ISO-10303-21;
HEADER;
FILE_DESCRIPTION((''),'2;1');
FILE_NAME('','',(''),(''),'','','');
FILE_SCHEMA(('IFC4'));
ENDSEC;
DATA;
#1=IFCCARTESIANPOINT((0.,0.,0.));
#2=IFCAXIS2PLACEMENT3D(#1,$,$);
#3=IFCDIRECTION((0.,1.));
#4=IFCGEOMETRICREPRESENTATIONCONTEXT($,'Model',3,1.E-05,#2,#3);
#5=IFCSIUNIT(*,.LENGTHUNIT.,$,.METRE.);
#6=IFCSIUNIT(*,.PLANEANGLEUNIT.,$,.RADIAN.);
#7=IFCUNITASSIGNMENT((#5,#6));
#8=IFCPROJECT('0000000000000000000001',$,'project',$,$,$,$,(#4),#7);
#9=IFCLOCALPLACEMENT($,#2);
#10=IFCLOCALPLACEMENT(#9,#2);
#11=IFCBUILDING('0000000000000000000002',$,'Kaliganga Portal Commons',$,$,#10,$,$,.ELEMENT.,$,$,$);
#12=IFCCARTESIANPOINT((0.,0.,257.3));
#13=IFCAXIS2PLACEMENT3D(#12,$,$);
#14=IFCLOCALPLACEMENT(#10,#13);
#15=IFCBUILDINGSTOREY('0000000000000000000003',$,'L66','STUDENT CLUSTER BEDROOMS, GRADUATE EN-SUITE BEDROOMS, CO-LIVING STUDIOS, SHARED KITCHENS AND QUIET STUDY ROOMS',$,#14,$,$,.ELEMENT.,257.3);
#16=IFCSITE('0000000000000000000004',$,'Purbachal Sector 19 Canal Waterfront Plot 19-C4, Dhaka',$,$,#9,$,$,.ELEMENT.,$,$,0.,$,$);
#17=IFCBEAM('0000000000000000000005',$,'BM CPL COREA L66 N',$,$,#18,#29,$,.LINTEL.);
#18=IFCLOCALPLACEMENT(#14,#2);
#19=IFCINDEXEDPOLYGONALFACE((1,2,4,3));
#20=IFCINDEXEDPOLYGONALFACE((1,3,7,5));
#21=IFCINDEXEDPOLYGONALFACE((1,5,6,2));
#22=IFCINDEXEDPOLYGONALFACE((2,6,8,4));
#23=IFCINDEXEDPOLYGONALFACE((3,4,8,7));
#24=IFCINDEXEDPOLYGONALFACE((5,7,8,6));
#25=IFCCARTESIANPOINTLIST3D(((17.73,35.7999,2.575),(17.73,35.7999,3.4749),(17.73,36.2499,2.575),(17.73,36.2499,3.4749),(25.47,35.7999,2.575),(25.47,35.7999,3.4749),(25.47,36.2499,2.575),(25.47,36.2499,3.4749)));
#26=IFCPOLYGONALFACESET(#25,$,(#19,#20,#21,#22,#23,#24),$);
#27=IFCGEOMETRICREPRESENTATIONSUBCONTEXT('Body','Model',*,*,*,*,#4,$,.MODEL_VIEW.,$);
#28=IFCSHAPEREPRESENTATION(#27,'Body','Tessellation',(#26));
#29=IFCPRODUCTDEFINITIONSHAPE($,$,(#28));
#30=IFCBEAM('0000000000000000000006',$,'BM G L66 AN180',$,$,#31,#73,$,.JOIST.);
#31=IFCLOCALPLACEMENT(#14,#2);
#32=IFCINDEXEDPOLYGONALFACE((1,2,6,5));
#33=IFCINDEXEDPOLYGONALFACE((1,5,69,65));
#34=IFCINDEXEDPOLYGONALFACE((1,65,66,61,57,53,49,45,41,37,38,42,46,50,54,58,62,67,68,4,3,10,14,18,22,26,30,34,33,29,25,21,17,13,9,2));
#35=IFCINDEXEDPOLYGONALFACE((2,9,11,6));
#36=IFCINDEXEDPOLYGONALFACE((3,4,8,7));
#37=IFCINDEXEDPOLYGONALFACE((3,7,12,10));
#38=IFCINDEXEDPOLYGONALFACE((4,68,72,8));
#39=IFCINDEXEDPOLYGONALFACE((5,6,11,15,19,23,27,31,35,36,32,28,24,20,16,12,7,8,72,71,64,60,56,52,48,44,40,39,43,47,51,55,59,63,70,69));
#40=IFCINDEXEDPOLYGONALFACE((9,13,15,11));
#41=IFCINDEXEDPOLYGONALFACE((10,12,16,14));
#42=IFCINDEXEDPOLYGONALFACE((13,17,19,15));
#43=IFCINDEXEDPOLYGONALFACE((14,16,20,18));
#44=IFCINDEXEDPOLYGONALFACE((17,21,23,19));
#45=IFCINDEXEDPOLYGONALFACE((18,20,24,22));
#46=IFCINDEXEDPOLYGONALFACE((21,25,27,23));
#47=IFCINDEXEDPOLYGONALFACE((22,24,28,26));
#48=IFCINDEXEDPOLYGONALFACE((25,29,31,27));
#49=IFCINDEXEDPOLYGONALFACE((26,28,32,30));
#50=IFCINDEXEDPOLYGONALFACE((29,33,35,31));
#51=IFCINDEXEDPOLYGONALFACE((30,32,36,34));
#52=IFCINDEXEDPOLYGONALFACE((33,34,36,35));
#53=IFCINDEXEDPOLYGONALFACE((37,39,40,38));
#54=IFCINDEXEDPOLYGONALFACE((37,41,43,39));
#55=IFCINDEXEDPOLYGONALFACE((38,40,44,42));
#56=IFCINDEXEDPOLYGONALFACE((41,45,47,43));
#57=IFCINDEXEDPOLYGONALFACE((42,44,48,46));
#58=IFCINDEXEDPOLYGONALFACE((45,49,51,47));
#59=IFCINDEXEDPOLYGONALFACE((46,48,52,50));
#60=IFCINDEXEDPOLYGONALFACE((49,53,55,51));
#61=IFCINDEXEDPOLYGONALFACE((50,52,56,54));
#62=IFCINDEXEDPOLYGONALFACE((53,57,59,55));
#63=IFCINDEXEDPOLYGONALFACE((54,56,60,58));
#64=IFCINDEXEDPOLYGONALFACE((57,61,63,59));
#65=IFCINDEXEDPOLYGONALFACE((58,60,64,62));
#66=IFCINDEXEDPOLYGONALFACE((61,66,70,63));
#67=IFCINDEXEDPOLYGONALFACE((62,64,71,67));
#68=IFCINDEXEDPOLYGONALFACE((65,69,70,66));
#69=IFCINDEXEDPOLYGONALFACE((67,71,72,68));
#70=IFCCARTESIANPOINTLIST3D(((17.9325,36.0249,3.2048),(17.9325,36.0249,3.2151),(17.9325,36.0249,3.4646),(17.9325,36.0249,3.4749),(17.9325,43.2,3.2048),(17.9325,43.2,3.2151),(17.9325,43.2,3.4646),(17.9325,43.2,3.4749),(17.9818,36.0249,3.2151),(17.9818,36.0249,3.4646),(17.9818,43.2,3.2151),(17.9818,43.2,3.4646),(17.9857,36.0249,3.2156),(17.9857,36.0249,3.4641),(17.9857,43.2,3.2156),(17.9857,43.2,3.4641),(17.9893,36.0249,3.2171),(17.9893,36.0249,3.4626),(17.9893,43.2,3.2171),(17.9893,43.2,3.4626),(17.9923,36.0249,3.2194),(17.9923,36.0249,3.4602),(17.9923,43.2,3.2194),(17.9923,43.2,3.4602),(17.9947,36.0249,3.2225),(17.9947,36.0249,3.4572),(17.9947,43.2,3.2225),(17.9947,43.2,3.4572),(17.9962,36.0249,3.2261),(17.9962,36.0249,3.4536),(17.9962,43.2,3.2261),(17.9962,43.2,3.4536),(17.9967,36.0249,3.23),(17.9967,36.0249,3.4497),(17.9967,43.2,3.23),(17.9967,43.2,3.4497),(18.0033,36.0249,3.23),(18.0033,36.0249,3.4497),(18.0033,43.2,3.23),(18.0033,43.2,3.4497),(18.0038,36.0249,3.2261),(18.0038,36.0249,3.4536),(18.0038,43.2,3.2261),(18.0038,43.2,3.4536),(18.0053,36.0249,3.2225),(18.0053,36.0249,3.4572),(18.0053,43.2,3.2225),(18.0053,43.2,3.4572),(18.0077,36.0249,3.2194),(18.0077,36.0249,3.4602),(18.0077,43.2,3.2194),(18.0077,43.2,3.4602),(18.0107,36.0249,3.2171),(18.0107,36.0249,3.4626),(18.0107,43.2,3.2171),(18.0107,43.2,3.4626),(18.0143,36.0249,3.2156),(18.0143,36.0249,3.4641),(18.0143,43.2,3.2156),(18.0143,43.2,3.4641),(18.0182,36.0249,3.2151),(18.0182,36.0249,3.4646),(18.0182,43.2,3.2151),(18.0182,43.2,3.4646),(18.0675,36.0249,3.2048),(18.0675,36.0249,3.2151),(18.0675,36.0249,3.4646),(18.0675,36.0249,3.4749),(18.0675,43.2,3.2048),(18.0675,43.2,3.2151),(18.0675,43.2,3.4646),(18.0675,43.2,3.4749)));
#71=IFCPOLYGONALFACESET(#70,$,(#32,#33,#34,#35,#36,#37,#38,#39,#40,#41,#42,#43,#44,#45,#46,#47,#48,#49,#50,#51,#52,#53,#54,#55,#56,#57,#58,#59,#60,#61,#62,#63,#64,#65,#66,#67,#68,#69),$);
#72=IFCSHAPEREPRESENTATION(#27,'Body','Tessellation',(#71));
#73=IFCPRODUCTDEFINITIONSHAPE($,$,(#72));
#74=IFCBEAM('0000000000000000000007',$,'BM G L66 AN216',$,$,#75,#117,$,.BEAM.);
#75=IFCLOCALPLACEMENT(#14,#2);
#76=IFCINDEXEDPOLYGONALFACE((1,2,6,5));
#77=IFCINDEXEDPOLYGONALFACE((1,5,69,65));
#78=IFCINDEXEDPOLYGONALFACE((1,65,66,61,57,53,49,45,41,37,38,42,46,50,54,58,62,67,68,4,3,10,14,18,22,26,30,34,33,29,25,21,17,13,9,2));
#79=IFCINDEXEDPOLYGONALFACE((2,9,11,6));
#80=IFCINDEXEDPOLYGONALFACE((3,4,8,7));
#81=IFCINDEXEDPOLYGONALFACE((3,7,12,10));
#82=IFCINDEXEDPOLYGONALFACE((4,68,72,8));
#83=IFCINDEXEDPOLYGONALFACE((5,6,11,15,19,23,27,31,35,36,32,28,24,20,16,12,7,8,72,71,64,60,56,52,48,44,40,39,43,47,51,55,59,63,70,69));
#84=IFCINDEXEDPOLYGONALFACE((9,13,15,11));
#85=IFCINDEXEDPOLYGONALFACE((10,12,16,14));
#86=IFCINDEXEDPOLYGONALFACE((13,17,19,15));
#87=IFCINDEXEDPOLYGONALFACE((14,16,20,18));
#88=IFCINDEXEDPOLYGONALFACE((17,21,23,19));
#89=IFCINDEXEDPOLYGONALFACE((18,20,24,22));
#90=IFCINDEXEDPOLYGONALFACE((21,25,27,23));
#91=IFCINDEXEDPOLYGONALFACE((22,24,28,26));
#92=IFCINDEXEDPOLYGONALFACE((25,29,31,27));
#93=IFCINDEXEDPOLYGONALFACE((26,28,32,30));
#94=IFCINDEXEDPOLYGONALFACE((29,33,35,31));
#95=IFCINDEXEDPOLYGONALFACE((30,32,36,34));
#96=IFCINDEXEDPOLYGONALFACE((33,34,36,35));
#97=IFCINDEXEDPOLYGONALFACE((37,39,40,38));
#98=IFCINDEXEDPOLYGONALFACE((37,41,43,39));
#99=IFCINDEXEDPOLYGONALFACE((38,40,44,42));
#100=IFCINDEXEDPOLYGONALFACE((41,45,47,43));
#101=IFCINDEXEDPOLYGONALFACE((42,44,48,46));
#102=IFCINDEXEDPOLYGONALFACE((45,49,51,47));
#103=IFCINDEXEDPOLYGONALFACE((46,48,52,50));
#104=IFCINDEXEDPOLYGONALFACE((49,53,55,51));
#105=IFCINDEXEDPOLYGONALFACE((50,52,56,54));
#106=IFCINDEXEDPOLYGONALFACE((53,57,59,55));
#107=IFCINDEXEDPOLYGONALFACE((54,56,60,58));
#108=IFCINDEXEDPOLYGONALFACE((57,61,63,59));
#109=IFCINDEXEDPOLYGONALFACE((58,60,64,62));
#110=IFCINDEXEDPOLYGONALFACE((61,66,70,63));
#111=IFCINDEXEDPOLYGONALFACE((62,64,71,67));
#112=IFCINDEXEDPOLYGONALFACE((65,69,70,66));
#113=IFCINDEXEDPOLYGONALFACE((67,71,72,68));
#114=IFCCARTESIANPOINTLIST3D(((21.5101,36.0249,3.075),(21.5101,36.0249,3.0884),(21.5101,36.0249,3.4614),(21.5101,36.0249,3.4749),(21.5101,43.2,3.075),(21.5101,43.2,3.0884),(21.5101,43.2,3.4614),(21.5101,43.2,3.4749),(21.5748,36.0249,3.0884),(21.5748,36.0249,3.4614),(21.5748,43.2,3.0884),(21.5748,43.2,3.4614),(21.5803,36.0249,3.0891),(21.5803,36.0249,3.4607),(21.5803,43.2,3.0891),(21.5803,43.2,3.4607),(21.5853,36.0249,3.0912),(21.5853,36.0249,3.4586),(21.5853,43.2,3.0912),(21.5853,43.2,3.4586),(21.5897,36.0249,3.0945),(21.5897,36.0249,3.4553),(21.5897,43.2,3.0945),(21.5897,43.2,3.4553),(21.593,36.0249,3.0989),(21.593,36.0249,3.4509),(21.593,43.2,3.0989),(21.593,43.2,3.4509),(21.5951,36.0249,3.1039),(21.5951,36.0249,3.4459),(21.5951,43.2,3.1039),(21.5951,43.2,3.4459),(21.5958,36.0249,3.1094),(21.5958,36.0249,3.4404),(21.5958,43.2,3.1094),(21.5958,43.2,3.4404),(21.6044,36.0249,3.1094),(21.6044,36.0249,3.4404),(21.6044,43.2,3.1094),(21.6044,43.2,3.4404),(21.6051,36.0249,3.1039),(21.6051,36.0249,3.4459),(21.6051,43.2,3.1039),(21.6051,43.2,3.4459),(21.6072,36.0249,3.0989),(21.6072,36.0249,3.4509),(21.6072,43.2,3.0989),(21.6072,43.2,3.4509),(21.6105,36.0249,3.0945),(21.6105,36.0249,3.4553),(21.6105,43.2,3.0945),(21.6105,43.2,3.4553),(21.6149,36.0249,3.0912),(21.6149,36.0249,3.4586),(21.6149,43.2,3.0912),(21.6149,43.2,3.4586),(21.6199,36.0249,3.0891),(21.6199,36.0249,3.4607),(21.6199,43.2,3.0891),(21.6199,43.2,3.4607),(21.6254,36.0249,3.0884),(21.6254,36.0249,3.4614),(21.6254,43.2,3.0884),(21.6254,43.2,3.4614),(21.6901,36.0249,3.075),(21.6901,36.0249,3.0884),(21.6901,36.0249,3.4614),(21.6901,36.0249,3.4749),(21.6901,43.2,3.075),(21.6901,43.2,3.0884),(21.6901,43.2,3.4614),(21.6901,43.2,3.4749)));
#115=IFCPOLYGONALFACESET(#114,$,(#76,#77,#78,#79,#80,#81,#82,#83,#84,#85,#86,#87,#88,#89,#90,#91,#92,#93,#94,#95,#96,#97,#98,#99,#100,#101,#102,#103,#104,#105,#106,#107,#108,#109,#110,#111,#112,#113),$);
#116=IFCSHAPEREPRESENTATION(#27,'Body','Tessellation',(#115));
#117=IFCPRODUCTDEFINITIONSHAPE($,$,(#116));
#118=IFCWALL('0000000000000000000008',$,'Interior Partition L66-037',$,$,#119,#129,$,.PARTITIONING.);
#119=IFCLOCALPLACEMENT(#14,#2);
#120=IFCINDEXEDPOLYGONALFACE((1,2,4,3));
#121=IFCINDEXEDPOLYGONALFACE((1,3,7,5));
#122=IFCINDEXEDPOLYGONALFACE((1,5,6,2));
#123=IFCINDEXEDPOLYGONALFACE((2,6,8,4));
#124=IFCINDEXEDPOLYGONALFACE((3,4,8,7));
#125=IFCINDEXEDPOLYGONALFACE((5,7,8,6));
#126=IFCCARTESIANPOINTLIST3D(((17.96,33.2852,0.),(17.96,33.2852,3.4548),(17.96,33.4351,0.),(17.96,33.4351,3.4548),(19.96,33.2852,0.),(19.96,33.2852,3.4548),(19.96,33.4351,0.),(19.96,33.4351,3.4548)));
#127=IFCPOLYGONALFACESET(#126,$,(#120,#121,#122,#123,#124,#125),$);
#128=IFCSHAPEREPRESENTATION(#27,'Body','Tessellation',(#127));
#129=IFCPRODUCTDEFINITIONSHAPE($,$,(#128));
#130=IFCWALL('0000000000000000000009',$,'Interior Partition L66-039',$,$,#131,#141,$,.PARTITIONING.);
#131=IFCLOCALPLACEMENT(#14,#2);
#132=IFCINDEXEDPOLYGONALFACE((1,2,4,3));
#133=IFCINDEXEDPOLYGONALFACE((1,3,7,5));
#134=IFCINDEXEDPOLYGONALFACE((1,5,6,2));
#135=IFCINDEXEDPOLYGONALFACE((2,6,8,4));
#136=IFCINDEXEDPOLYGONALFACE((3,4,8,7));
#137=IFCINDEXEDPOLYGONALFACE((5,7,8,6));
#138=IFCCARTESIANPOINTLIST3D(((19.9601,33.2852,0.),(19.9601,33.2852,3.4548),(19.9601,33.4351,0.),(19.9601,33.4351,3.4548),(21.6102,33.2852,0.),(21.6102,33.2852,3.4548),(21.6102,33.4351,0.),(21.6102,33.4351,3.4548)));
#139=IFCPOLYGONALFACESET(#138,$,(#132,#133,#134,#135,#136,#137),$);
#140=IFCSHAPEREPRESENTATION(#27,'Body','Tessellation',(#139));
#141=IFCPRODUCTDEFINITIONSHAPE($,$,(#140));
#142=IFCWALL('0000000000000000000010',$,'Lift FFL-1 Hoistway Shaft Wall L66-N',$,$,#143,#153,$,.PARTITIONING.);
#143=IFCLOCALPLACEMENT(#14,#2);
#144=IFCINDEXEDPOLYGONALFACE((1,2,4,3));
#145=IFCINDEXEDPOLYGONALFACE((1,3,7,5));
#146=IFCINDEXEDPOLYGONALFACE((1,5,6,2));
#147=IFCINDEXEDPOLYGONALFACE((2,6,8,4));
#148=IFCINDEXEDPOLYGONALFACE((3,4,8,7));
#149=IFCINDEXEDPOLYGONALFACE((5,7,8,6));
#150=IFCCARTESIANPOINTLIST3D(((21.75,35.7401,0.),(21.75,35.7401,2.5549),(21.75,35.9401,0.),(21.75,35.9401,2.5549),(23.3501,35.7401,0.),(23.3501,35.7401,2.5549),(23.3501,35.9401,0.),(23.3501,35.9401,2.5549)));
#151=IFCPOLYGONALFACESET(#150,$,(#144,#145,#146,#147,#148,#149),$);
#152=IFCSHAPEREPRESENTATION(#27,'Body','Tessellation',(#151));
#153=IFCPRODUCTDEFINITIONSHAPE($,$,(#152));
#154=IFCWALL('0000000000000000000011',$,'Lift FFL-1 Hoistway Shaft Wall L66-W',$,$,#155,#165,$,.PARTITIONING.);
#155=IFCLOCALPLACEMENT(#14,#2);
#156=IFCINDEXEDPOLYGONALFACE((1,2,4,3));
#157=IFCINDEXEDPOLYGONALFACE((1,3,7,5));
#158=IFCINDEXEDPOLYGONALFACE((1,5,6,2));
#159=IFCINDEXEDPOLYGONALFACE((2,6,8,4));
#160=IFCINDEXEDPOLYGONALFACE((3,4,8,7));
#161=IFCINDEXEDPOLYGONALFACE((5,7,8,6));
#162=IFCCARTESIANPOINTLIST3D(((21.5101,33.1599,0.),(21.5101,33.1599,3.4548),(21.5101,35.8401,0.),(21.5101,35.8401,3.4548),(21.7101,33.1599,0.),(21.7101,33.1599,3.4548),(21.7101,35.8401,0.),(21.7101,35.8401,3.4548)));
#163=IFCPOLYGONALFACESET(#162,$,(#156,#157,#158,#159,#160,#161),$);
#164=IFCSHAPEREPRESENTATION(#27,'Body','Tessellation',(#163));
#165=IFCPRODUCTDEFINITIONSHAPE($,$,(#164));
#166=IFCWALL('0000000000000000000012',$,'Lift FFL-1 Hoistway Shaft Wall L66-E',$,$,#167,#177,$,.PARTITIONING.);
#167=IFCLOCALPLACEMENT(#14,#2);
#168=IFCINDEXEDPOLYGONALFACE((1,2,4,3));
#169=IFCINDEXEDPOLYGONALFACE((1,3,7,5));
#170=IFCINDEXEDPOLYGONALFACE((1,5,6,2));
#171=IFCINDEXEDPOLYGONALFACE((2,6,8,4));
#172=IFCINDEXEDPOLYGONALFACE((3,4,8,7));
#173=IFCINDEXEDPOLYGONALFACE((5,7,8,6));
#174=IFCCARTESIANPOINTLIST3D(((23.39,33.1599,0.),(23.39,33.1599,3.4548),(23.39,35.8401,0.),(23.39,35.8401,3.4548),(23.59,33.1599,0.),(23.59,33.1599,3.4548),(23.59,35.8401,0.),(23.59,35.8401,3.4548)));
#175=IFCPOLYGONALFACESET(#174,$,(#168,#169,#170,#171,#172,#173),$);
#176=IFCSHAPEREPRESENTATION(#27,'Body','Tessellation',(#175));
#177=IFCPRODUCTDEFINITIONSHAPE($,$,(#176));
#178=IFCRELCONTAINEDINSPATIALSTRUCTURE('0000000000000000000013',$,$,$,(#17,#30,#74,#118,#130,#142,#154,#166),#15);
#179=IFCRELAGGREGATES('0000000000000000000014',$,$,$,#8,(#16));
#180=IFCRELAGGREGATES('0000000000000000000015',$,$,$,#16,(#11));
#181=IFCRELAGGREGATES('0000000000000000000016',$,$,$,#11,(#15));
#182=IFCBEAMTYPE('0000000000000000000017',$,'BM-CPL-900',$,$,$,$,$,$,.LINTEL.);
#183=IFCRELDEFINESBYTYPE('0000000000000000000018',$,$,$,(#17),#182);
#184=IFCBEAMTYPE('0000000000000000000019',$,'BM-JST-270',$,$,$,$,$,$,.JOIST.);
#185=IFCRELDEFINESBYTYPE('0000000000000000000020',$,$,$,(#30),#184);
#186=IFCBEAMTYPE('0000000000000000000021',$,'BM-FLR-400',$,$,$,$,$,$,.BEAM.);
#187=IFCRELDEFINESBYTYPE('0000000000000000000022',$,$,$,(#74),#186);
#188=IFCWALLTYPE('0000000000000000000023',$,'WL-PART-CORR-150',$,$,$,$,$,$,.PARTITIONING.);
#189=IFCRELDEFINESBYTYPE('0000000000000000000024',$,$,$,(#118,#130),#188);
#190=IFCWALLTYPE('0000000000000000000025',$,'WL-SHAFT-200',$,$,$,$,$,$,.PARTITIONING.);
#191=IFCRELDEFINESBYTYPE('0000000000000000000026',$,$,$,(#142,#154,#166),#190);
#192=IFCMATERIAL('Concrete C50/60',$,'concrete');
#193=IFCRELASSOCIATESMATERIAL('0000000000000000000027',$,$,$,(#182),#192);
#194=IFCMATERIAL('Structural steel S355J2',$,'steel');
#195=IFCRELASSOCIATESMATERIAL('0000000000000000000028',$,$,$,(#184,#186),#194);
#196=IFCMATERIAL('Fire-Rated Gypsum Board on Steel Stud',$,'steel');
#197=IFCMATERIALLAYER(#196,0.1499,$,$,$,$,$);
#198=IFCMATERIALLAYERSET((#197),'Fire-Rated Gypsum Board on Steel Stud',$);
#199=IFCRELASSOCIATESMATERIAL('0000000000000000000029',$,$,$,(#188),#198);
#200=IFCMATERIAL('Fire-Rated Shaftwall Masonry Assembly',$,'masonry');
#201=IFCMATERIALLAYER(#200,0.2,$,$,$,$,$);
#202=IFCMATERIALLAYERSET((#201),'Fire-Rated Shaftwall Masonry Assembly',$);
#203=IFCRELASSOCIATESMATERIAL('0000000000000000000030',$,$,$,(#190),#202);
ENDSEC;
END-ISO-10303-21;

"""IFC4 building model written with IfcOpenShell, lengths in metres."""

from ifc_helpers import new_model, si_unit, direction, frame, frame_2d, origin, origin_2d, place, context, subcontext, project, spatial, rectangle, i_section, extrude, source, transform, mapped, material, layer, layer_set, material_profile, profile_set, type_object, element, save


model = new_model("IFC4")

# Units and contexts
model_context = context("Model", 3, precision=1e-05, world=origin(), true_north=direction((0.0, 1.0)))
body_context = subcontext(model_context, "Body", "Model", "MODEL_VIEW")
ifc_project = project(units=[si_unit("LENGTHUNIT", "METRE"), si_unit("PLANEANGLEUNIT", "RADIAN")], contexts=[model_context])

# Site, building, storey
site_placement = place(None, origin())
site = spatial("IfcSite", under=ifc_project, at=site_placement, Name="Purbachal Sector 19 Canal Waterfront Plot 19-C4, Dhaka", CompositionType="ELEMENT", RefElevation=0.0)
building_placement = place(site_placement, origin())
building = spatial("IfcBuilding", under=site, at=building_placement, Name="Kaliganga Portal Commons", CompositionType="ELEMENT")
storey_placement = place(building_placement, frame((0.0, 0.0, 257.3)))
storey = spatial("IfcBuildingStorey", under=building, at=storey_placement, Name="L66", Description="STUDENT CLUSTER BEDROOMS, GRADUATE EN-SUITE BEDROOMS, CO-LIVING STUDIOS, SHARED KITCHENS AND QUIET STUDY ROOMS", CompositionType="ELEMENT", Elevation=257.3)

# Beams
ifc_material_1 = material(Name="Concrete C50/60", Category="concrete")
ifc_material_profile_1 = material_profile(ifc_material_1, rectangle(XDim=0.45, YDim=0.8999, at=origin_2d()), Name="RC 450x900")
ifc_profile_set_1 = profile_set([ifc_material_profile_1], Name="Concrete C50/60")
beam_type_1 = type_object("IfcBeamType", Name="BM-CPL-900", PredefinedType="LINTEL", material=ifc_profile_set_1)
shared_shape_1 = source(origin(), body_context, "Body", "SweptSolid", [
    extrude(rectangle(XDim=0.45, YDim=0.8999, at=origin_2d()), origin(), (0.0, 0.0, 1.0), 7.74),
])
beam_1_placement = place(storey_placement, frame((17.73, 36.0249, 3.0249), z_axis=(1.0, 0.0, 0.0), x_axis=(0.0, 1.0, 0.0)))
element("IfcBeam", 1, at=beam_1_placement, inside=storey, type_object=beam_type_1, Name="BM CPL COREA L66 N", PredefinedType="LINTEL", context=body_context, shape_type="MappedRepresentation", body=[
    mapped(shared_shape_1, transform((0.0, 0.0, 0.0), x_axis=(1.0, 0.0, 0.0), y_axis=(0.0, 1.0, 0.0), z_axis=(0.0, 0.0, 1.0), scale=1.0)),
])
ifc_material_2 = material(Name="Structural steel S355J2", Category="steel")
ifc_material_profile_2 = material_profile(ifc_material_2, i_section(OverallWidth=0.135, OverallDepth=0.27, WebThickness=0.0066, FlangeThickness=0.0103, FilletRadius=0.0149, at=origin_2d()), Name="IPE 270")
ifc_profile_set_2 = profile_set([ifc_material_profile_2], Name="Structural steel S355J2 wide-flange")
beam_type_2 = type_object("IfcBeamType", Name="BM-JST-270", PredefinedType="JOIST", material=ifc_profile_set_2)
shared_shape_2 = source(origin(), body_context, "Body", "SweptSolid", [
    extrude(i_section(OverallWidth=0.135, OverallDepth=0.27, WebThickness=0.0066, FlangeThickness=0.0103, FilletRadius=0.0149, at=origin_2d()), origin(), (0.0, 0.0, 1.0), 7.175),
])
beam_2_placement = place(storey_placement, frame((18.0, 36.0249, 3.3398), z_axis=(0.0, 1.0, 0.0), x_axis=(-1.0, 0.0, 0.0)))
element("IfcBeam", 2, at=beam_2_placement, inside=storey, type_object=beam_type_2, Name="BM G L66 AN180", PredefinedType="JOIST", context=body_context, shape_type="MappedRepresentation", body=[
    mapped(shared_shape_2, transform((0.0, 0.0, 0.0), x_axis=(1.0, 0.0, 0.0), y_axis=(0.0, 1.0, 0.0), z_axis=(0.0, 0.0, 1.0), scale=1.0)),
])
ifc_material_profile_3 = material_profile(ifc_material_2, i_section(OverallWidth=0.1799, OverallDepth=0.3999, WebThickness=0.0085, FlangeThickness=0.0134, FilletRadius=0.021, at=origin_2d()), Name="IPE 400")
ifc_profile_set_3 = profile_set([ifc_material_profile_3], Name="Structural steel S355J2 wide-flange")
beam_type_3 = type_object("IfcBeamType", Name="BM-FLR-400", PredefinedType="BEAM", material=ifc_profile_set_3)
shared_shape_3 = source(origin(), body_context, "Body", "SweptSolid", [
    extrude(i_section(OverallWidth=0.1799, OverallDepth=0.3999, WebThickness=0.0085, FlangeThickness=0.0134, FilletRadius=0.021, at=origin_2d()), origin(), (0.0, 0.0, 1.0), 7.175),
])
beam_3_placement = place(storey_placement, frame((21.6001, 36.0249, 3.2749), z_axis=(0.0, 1.0, 0.0), x_axis=(-1.0, 0.0, 0.0)))
element("IfcBeam", 3, at=beam_3_placement, inside=storey, type_object=beam_type_3, Name="BM G L66 AN216", PredefinedType="BEAM", context=body_context, shape_type="MappedRepresentation", body=[
    mapped(shared_shape_3, transform((0.0, 0.0, 0.0), x_axis=(1.0, 0.0, 0.0), y_axis=(0.0, 1.0, 0.0), z_axis=(0.0, 0.0, 1.0), scale=1.0)),
])

# Walls
ifc_material_3 = material(Name="Fire-Rated Gypsum Board on Steel Stud", Category="steel")
ifc_layer_1 = layer(ifc_material_3, 0.1499)
ifc_layer_set_1 = layer_set([ifc_layer_1], Name="Fire-Rated Gypsum Board on Steel Stud")
wall_type_1 = type_object("IfcWallType", Name="WL-PART-CORR-150", PredefinedType="PARTITIONING", material=ifc_layer_set_1)
wall_1_placement = place(storey_placement, frame((17.96, 33.3601, 0.0), z_axis=(0.0, 0.0, 1.0), x_axis=(1.0, 0.0, 0.0)))
element("IfcWall", 4, at=wall_1_placement, inside=storey, type_object=wall_type_1, Name="Interior Partition L66-037", PredefinedType="PARTITIONING", context=body_context, shape_type="SweptSolid", body=[
    extrude(rectangle(XDim=2.0, YDim=0.1499, at=frame_2d((1.0, 0.0))), origin(), (0.0, 0.0, 1.0), 3.4548),
])
wall_2_placement = place(storey_placement, frame((19.96, 33.3601, 0.0), z_axis=(0.0, 0.0, 1.0), x_axis=(1.0, 0.0, 0.0)))
element("IfcWall", 5, at=wall_2_placement, inside=storey, type_object=wall_type_1, Name="Interior Partition L66-039", PredefinedType="PARTITIONING", context=body_context, shape_type="SweptSolid", body=[
    extrude(rectangle(XDim=1.6501, YDim=0.1499, at=frame_2d((0.8252, 0.0))), origin(), (0.0, 0.0, 1.0), 3.4548),
])

# Shared definitions
ifc_material_4 = material(Name="Fire-Rated Shaftwall Masonry Assembly", Category="masonry")
ifc_layer_2 = layer(ifc_material_4, 0.2)
ifc_layer_set_2 = layer_set([ifc_layer_2], Name="Fire-Rated Shaftwall Masonry Assembly")
wall_type_2 = type_object("IfcWallType", Name="WL-SHAFT-200", PredefinedType="PARTITIONING", material=ifc_layer_set_2)

# Walls
wall_3_placement = place(storey_placement, frame((21.75, 35.8401, 0.0), z_axis=(0.0, 0.0, 1.0), x_axis=(1.0, 0.0, 0.0)))
element("IfcWall", 6, at=wall_3_placement, inside=storey, type_object=wall_type_2, Name="Lift FFL-1 Hoistway Shaft Wall L66-N", PredefinedType="PARTITIONING", context=body_context, shape_type="SweptSolid", body=[
    extrude(rectangle(XDim=1.6001, YDim=0.2, at=frame_2d((0.8, 0.0))), origin(), (0.0, 0.0, 1.0), 2.5549),
])
for number, where, z_axis, x_axis, name in (
    (7, (21.6101, 33.1599, 0.0), (0.0, 0.0, 1.0), (0.0, 1.0, 0.0), "Lift FFL-1 Hoistway Shaft Wall L66-W"),
    (8, (23.49, 33.1599, 0.0), (0.0, 0.0, 1.0), (0.0, 1.0, 0.0), "Lift FFL-1 Hoistway Shaft Wall L66-E"),
):
    element("IfcWall", number, at=place(storey_placement, frame(where, z_axis=z_axis, x_axis=x_axis)), inside=storey, type_object=wall_type_2, Name=name, PredefinedType="PARTITIONING", context=body_context, shape_type="SweptSolid", body=[
        extrude(rectangle(XDim=2.6802, YDim=0.2, at=frame_2d((1.3401, 0.0))), origin(), (0.0, 0.0, 1.0), 3.4548),
    ])

save(model, "model.ifc")
